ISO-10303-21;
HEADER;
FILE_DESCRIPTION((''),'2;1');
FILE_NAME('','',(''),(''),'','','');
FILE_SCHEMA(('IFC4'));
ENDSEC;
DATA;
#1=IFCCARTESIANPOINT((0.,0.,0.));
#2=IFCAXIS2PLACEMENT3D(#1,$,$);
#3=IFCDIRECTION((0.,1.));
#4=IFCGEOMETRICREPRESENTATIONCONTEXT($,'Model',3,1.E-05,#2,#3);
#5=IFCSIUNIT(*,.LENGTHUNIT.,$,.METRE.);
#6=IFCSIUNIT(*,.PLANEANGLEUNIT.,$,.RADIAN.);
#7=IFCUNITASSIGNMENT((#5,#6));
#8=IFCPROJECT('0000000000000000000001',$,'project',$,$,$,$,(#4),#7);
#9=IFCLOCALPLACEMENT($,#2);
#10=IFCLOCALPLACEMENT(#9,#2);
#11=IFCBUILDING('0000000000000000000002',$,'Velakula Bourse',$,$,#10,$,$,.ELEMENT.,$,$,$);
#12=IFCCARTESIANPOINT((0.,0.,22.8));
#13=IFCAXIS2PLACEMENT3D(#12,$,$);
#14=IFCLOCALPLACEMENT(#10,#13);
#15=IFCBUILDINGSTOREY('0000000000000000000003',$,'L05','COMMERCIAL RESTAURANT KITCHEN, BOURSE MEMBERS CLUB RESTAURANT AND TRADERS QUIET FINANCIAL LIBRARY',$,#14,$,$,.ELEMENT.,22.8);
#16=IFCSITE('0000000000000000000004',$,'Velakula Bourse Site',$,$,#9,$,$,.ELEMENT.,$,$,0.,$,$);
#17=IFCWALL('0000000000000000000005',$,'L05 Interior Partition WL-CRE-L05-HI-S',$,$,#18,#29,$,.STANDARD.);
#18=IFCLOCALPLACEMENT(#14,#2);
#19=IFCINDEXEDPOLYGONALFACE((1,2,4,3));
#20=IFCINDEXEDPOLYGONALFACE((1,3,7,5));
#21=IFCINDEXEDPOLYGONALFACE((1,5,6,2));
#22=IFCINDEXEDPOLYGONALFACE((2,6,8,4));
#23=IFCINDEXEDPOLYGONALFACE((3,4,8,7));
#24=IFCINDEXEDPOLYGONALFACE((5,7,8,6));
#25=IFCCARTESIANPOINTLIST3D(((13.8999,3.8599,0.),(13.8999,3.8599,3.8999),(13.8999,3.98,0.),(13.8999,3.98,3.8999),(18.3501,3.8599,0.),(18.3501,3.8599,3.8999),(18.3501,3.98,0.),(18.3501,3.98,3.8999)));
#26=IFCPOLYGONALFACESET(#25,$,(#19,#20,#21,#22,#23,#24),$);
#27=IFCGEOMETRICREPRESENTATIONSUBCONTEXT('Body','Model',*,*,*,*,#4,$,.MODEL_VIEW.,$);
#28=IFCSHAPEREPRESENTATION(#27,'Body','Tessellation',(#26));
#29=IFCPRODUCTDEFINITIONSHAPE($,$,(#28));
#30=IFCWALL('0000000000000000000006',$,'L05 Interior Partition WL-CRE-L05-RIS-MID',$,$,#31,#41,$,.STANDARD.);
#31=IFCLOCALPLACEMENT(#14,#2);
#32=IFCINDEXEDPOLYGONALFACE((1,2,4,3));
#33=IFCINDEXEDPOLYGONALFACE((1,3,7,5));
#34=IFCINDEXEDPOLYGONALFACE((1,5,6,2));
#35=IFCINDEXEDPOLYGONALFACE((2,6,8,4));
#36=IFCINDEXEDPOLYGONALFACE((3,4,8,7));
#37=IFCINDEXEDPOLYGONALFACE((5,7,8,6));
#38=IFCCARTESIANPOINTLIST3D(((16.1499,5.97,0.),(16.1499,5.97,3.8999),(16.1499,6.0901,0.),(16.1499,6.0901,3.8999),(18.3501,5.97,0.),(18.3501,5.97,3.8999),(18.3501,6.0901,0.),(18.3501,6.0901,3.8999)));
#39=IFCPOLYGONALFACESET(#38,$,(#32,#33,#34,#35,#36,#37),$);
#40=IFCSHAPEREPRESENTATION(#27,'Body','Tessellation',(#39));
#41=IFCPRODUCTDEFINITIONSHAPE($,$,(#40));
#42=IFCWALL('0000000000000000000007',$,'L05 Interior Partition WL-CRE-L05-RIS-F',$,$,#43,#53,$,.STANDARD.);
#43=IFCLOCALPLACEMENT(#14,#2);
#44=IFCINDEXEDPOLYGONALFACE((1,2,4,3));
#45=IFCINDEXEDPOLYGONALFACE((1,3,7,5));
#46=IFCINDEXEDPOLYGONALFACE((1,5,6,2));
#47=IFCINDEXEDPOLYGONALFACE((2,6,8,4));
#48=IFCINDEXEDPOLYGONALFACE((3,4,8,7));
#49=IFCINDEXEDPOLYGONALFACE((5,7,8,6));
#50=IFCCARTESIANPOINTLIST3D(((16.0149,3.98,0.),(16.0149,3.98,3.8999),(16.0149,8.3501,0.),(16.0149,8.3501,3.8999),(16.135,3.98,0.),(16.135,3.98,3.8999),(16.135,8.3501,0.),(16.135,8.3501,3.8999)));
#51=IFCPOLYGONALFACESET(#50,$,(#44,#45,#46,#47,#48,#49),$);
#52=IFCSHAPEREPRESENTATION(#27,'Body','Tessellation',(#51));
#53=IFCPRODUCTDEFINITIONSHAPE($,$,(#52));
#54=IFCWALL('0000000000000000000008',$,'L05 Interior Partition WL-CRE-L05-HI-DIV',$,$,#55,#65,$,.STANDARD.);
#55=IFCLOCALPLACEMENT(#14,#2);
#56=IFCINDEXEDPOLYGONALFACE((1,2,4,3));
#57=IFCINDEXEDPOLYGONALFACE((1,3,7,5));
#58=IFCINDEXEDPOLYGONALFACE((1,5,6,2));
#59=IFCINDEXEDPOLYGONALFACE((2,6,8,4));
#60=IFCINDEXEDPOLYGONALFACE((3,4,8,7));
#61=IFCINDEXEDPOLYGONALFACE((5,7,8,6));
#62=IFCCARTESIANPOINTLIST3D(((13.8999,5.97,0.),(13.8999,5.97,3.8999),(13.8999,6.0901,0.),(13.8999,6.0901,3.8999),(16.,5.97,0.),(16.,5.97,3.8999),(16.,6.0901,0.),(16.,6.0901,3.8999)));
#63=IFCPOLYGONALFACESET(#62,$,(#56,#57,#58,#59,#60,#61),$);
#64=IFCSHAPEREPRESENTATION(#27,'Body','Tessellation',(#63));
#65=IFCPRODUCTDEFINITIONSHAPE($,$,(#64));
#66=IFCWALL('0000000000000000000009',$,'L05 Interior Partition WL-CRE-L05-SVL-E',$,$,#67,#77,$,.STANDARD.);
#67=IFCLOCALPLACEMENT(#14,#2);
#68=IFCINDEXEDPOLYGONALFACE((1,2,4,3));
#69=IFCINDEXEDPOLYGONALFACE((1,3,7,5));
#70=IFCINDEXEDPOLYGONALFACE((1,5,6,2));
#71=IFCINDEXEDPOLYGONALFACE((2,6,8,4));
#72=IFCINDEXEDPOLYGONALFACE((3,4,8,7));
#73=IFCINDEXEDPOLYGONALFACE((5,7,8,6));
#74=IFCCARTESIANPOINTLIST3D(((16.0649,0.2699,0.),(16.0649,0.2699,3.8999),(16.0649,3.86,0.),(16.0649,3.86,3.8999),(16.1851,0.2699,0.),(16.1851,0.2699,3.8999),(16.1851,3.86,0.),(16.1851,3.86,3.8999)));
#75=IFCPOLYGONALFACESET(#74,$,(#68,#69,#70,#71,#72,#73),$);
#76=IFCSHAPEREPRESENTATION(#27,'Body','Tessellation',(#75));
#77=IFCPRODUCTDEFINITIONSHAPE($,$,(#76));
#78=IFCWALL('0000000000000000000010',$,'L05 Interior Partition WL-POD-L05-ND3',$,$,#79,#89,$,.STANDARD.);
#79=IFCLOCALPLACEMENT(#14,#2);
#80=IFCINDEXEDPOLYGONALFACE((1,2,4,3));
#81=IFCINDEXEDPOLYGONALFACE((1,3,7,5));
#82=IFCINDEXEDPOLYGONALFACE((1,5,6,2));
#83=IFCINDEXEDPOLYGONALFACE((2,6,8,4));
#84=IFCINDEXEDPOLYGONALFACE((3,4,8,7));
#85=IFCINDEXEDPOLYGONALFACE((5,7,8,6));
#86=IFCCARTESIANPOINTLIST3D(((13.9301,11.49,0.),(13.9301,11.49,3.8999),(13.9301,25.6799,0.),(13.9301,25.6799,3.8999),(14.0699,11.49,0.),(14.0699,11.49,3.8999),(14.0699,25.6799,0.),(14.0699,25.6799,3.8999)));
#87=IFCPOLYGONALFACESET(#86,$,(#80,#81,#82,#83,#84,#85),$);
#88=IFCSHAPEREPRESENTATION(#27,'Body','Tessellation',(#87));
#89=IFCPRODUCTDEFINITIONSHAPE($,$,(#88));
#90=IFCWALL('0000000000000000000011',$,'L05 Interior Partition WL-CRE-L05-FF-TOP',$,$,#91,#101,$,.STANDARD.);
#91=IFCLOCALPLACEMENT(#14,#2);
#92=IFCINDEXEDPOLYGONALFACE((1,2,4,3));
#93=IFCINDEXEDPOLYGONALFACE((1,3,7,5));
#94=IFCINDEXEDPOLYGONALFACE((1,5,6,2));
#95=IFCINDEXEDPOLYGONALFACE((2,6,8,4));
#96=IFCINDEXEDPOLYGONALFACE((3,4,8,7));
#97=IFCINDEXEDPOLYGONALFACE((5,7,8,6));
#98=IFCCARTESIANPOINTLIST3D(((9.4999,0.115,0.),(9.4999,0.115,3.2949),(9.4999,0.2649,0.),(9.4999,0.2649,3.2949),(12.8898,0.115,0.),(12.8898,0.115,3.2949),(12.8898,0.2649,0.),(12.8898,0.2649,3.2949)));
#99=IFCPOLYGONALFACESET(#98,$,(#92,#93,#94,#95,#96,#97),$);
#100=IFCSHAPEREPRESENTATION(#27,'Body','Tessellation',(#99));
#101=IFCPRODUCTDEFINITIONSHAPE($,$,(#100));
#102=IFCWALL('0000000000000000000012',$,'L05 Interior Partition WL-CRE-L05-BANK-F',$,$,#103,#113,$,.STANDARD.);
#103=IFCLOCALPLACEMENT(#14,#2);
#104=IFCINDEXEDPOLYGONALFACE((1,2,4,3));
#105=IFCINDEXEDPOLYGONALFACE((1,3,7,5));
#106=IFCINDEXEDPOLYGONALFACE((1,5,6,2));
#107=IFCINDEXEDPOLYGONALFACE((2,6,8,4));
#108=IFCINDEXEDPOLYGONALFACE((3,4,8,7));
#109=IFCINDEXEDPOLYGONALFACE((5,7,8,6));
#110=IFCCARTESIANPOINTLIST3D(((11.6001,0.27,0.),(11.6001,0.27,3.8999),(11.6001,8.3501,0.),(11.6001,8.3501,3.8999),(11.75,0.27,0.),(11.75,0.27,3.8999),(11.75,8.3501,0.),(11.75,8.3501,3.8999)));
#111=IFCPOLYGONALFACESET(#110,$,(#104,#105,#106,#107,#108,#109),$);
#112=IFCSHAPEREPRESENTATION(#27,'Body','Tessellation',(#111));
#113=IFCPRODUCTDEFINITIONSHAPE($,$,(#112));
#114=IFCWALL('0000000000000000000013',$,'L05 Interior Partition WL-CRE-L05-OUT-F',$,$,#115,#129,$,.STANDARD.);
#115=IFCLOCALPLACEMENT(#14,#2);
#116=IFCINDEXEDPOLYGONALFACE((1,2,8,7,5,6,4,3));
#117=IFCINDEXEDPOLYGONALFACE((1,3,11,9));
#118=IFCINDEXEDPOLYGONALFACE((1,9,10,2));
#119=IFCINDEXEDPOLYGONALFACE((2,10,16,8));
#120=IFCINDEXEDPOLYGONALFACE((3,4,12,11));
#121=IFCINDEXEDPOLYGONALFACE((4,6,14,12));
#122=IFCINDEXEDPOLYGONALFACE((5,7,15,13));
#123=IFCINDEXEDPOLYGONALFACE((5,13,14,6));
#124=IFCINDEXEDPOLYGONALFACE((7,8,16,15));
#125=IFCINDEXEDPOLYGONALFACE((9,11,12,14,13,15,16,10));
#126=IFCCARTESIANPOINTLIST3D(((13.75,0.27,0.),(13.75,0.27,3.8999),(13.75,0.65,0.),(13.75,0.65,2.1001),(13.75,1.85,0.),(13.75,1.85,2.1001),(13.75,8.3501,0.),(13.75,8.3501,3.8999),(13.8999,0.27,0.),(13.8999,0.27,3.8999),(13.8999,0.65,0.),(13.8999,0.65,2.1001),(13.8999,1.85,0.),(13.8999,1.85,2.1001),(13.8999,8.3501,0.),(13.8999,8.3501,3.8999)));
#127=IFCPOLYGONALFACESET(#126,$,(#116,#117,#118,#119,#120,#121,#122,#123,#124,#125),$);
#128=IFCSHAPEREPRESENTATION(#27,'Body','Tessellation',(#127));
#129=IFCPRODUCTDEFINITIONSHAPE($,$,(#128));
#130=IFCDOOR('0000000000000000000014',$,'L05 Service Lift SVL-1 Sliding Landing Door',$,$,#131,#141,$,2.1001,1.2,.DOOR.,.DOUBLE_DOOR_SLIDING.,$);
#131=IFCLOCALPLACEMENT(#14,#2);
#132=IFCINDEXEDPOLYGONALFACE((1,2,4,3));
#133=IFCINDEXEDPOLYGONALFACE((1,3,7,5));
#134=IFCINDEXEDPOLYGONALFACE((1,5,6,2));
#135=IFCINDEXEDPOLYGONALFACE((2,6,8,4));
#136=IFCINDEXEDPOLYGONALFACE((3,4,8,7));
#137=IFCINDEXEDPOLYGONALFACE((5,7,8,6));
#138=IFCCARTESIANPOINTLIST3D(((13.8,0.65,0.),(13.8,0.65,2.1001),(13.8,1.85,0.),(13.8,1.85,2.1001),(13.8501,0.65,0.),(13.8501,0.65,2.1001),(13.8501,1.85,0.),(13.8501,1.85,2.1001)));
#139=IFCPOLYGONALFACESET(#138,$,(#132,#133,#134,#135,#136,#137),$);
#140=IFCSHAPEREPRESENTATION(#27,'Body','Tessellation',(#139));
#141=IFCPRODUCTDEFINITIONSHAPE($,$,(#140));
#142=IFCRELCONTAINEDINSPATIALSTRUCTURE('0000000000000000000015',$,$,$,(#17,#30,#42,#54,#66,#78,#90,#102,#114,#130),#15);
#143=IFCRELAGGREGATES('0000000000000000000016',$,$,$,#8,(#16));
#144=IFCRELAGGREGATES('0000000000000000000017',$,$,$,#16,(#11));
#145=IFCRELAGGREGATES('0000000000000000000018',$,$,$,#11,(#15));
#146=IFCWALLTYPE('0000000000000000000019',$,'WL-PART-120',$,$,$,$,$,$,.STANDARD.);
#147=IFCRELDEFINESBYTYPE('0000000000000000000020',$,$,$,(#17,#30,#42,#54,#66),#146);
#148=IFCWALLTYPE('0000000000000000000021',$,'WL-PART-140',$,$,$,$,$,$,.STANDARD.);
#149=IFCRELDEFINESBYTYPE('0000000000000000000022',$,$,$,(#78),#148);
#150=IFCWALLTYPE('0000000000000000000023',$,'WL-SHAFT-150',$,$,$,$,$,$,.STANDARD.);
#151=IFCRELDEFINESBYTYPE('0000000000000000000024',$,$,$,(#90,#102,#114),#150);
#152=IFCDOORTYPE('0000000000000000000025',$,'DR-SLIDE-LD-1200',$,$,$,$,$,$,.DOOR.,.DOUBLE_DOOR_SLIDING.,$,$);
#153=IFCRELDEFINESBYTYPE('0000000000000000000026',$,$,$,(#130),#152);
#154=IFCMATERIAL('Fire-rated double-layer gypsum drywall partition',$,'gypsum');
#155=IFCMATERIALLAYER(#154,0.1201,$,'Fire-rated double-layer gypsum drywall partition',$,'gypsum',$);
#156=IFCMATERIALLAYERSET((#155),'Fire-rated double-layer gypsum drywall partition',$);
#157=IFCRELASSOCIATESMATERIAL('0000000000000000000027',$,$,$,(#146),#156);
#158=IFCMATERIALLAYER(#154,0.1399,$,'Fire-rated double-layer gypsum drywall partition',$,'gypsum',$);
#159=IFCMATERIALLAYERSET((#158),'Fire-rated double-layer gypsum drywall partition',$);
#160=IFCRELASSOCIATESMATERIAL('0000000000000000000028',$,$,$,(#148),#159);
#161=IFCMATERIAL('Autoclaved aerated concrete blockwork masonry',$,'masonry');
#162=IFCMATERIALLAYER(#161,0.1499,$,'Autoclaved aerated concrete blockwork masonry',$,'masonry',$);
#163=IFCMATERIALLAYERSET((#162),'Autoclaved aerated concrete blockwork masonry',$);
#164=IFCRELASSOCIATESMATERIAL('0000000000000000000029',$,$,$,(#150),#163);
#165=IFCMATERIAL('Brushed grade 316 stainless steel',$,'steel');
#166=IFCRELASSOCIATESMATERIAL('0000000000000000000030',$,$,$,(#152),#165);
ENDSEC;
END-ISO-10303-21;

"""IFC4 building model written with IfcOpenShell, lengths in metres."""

from ifc_helpers import new_model, si_unit, direction, frame, frame_2d, origin, place, context, subcontext, project, spatial, rectangle, extrude, material, layer, layer_set, type_object, element, fill, save


model = new_model("IFC4")

# Units and contexts
model_context = context("Model", 3, precision=1e-05, world=origin(), true_north=direction((0.0, 1.0)))
body_context = subcontext(model_context, "Body", "Model", "MODEL_VIEW")
ifc_project = project(units=[si_unit("LENGTHUNIT", "METRE"), si_unit("PLANEANGLEUNIT", "RADIAN")], contexts=[model_context])

# Site, building, storey
site_placement = place(None, origin())
site = spatial("IfcSite", under=ifc_project, at=site_placement, Name="Velakula Bourse Site", CompositionType="ELEMENT", RefElevation=0.0)
building_placement = place(site_placement, origin())
building = spatial("IfcBuilding", under=site, at=building_placement, Name="Velakula Bourse", CompositionType="ELEMENT")
storey_placement = place(building_placement, frame((0.0, 0.0, 22.8)))
storey = spatial("IfcBuildingStorey", under=building, at=storey_placement, Name="L05", Description="COMMERCIAL RESTAURANT KITCHEN, BOURSE MEMBERS CLUB RESTAURANT AND TRADERS QUIET FINANCIAL LIBRARY", CompositionType="ELEMENT", Elevation=22.8)

# Shared definitions
ifc_material_1 = material(Name="Fire-rated double-layer gypsum drywall partition", Category="gypsum")
ifc_layer_1 = layer(ifc_material_1, 0.1201, Name="Fire-rated double-layer gypsum drywall partition", Category="gypsum")
ifc_layer_set_1 = layer_set([ifc_layer_1], Name="Fire-rated double-layer gypsum drywall partition")
wall_type_1 = type_object("IfcWallType", Name="WL-PART-120", PredefinedType="STANDARD", material=ifc_layer_set_1)

# Walls
wall_1_placement = place(storey_placement, frame((13.8999, 3.9199, 0.0), z_axis=(0.0, 0.0, 1.0), x_axis=(1.0, 0.0, 0.0)))
element("IfcWall", 1, at=wall_1_placement, inside=storey, type_object=wall_type_1, Name="L05 Interior Partition WL-CRE-L05-HI-S", PredefinedType="STANDARD", context=body_context, shape_type="SweptSolid", body=[
    extrude(rectangle(XDim=4.4502, YDim=0.1201, at=frame_2d((2.2251, 0.0))), origin(), (0.0, 0.0, 1.0), 3.8999),
])
wall_2_placement = place(storey_placement, frame((16.1499, 6.03, 0.0), z_axis=(0.0, 0.0, 1.0), x_axis=(1.0, 0.0, 0.0)))
element("IfcWall", 2, at=wall_2_placement, inside=storey, type_object=wall_type_1, Name="L05 Interior Partition WL-CRE-L05-RIS-MID", PredefinedType="STANDARD", context=body_context, shape_type="SweptSolid", body=[
    extrude(rectangle(XDim=2.2002, YDim=0.1201, at=frame_2d((1.1001, 0.0))), origin(), (0.0, 0.0, 1.0), 3.8999),
])
wall_3_placement = place(storey_placement, frame((16.075, 3.98, 0.0), z_axis=(0.0, 0.0, 1.0), x_axis=(0.0, 1.0, 0.0)))
element("IfcWall", 3, at=wall_3_placement, inside=storey, type_object=wall_type_1, Name="L05 Interior Partition WL-CRE-L05-RIS-F", PredefinedType="STANDARD", context=body_context, shape_type="SweptSolid", body=[
    extrude(rectangle(XDim=4.3701, YDim=0.1201, at=frame_2d((2.1851, 0.0))), origin(), (0.0, 0.0, 1.0), 3.8999),
])
wall_4_placement = place(storey_placement, frame((13.8999, 6.03, 0.0), z_axis=(0.0, 0.0, 1.0), x_axis=(1.0, 0.0, 0.0)))
element("IfcWall", 4, at=wall_4_placement, inside=storey, type_object=wall_type_1, Name="L05 Interior Partition WL-CRE-L05-HI-DIV", PredefinedType="STANDARD", context=body_context, shape_type="SweptSolid", body=[
    extrude(rectangle(XDim=2.1001, YDim=0.1201, at=frame_2d((1.05, 0.0))), origin(), (0.0, 0.0, 1.0), 3.8999),
])
wall_5_placement = place(storey_placement, frame((16.125, 0.27, 0.0), z_axis=(0.0, 0.0, 1.0), x_axis=(0.0, 1.0, 0.0)))
element("IfcWall", 5, at=wall_5_placement, inside=storey, type_object=wall_type_1, Name="L05 Interior Partition WL-CRE-L05-SVL-E", PredefinedType="STANDARD", context=body_context, shape_type="SweptSolid", body=[
    extrude(rectangle(XDim=3.5901, YDim=0.1201, at=frame_2d((1.7949, 0.0))), origin(), (0.0, 0.0, 1.0), 3.8999),
])
ifc_layer_2 = layer(ifc_material_1, 0.1399, Name="Fire-rated double-layer gypsum drywall partition", Category="gypsum")
ifc_layer_set_2 = layer_set([ifc_layer_2], Name="Fire-rated double-layer gypsum drywall partition")
wall_type_2 = type_object("IfcWallType", Name="WL-PART-140", PredefinedType="STANDARD", material=ifc_layer_set_2)
wall_6_placement = place(storey_placement, frame((14.0, 11.49, 0.0), z_axis=(0.0, 0.0, 1.0), x_axis=(0.0, 1.0, 0.0)))
element("IfcWall", 6, at=wall_6_placement, inside=storey, type_object=wall_type_2, Name="L05 Interior Partition WL-POD-L05-ND3", PredefinedType="STANDARD", context=body_context, shape_type="SweptSolid", body=[
    extrude(rectangle(XDim=14.1899, YDim=0.1399, at=frame_2d((7.095, 0.0))), origin(), (0.0, 0.0, 1.0), 3.8999),
])
ifc_material_2 = material(Name="Autoclaved aerated concrete blockwork masonry", Category="masonry")
ifc_layer_3 = layer(ifc_material_2, 0.1499, Name="Autoclaved aerated concrete blockwork masonry", Category="masonry")
ifc_layer_set_3 = layer_set([ifc_layer_3], Name="Autoclaved aerated concrete blockwork masonry")
wall_type_3 = type_object("IfcWallType", Name="WL-SHAFT-150", PredefinedType="STANDARD", material=ifc_layer_set_3)
wall_7_placement = place(storey_placement, frame((9.5, 0.1899, 0.0), z_axis=(0.0, 0.0, 1.0), x_axis=(1.0, 0.0, 0.0)))
element("IfcWall", 7, at=wall_7_placement, inside=storey, type_object=wall_type_3, Name="L05 Interior Partition WL-CRE-L05-FF-TOP", PredefinedType="STANDARD", context=body_context, shape_type="SweptSolid", body=[
    extrude(rectangle(XDim=3.3899, YDim=0.1499, at=frame_2d((1.6948, 0.0))), origin(), (0.0, 0.0, 1.0), 3.2949),
])
wall_8_placement = place(storey_placement, frame((11.675, 0.27, 0.0), z_axis=(0.0, 0.0, 1.0), x_axis=(0.0, 1.0, 0.0)))
element("IfcWall", 8, at=wall_8_placement, inside=storey, type_object=wall_type_3, Name="L05 Interior Partition WL-CRE-L05-BANK-F", PredefinedType="STANDARD", context=body_context, shape_type="SweptSolid", body=[
    extrude(rectangle(XDim=8.0801, YDim=0.1499, at=frame_2d((4.04, 0.0))), origin(), (0.0, 0.0, 1.0), 3.8999),
])

# Wall, opening, door
wall_9_placement = place(storey_placement, frame((13.825, 0.27, 0.0), z_axis=(0.0, 0.0, 1.0), x_axis=(0.0, 1.0, 0.0)))
wall_9 = element("IfcWall", 9, at=wall_9_placement, inside=storey, type_object=wall_type_3, Name="L05 Interior Partition WL-CRE-L05-OUT-F", PredefinedType="STANDARD", context=body_context, shape_type="SweptSolid", body=[
    extrude(rectangle(XDim=8.0801, YDim=0.1499, at=frame_2d((4.04, 0.0))), origin(), (0.0, 0.0, 1.0), 3.8999),
])
opening_1_placement = place(wall_9_placement, frame((0.3799, 0.0, 0.0)))
opening_1 = element("IfcOpeningElement", 10, at=opening_1_placement, cuts=wall_9, PredefinedType="OPENING", context=body_context, shape_type="SweptSolid", body=[
    extrude(rectangle(XDim=1.2, YDim=2.1001, at=frame_2d((0.6001, 1.05))), frame((0.0, 0.085, 0.0), z_axis=(0.0, -1.0, 0.0), x_axis=(1.0, 0.0, 0.0)), (0.0, 0.0, 1.0), 0.1699),
])
ifc_material_3 = material(Name="Brushed grade 316 stainless steel", Category="steel")
door_type_1 = type_object("IfcDoorType", Name="DR-SLIDE-LD-1200", OperationType="DOUBLE_DOOR_SLIDING", PredefinedType="DOOR", material=ifc_material_3)
door_1_placement = place(opening_1_placement, origin())
door_1 = element("IfcDoor", 11, at=door_1_placement, inside=storey, type_object=door_type_1, Name="L05 Service Lift SVL-1 Sliding Landing Door", OperationType="DOUBLE_DOOR_SLIDING", OverallHeight=2.1001, OverallWidth=1.2, PredefinedType="DOOR", context=body_context, shape_type="SweptSolid", body=[
    extrude(rectangle(XDim=1.2, YDim=2.1001, at=frame_2d((0.6001, 1.05))), frame((0.0, 0.0249, 0.0), z_axis=(0.0, -1.0, 0.0), x_axis=(1.0, 0.0, 0.0)), (0.0, 0.0, 1.0), 0.05),
])
fill(opening_1, door_1)

save(model, "model.ifc")
